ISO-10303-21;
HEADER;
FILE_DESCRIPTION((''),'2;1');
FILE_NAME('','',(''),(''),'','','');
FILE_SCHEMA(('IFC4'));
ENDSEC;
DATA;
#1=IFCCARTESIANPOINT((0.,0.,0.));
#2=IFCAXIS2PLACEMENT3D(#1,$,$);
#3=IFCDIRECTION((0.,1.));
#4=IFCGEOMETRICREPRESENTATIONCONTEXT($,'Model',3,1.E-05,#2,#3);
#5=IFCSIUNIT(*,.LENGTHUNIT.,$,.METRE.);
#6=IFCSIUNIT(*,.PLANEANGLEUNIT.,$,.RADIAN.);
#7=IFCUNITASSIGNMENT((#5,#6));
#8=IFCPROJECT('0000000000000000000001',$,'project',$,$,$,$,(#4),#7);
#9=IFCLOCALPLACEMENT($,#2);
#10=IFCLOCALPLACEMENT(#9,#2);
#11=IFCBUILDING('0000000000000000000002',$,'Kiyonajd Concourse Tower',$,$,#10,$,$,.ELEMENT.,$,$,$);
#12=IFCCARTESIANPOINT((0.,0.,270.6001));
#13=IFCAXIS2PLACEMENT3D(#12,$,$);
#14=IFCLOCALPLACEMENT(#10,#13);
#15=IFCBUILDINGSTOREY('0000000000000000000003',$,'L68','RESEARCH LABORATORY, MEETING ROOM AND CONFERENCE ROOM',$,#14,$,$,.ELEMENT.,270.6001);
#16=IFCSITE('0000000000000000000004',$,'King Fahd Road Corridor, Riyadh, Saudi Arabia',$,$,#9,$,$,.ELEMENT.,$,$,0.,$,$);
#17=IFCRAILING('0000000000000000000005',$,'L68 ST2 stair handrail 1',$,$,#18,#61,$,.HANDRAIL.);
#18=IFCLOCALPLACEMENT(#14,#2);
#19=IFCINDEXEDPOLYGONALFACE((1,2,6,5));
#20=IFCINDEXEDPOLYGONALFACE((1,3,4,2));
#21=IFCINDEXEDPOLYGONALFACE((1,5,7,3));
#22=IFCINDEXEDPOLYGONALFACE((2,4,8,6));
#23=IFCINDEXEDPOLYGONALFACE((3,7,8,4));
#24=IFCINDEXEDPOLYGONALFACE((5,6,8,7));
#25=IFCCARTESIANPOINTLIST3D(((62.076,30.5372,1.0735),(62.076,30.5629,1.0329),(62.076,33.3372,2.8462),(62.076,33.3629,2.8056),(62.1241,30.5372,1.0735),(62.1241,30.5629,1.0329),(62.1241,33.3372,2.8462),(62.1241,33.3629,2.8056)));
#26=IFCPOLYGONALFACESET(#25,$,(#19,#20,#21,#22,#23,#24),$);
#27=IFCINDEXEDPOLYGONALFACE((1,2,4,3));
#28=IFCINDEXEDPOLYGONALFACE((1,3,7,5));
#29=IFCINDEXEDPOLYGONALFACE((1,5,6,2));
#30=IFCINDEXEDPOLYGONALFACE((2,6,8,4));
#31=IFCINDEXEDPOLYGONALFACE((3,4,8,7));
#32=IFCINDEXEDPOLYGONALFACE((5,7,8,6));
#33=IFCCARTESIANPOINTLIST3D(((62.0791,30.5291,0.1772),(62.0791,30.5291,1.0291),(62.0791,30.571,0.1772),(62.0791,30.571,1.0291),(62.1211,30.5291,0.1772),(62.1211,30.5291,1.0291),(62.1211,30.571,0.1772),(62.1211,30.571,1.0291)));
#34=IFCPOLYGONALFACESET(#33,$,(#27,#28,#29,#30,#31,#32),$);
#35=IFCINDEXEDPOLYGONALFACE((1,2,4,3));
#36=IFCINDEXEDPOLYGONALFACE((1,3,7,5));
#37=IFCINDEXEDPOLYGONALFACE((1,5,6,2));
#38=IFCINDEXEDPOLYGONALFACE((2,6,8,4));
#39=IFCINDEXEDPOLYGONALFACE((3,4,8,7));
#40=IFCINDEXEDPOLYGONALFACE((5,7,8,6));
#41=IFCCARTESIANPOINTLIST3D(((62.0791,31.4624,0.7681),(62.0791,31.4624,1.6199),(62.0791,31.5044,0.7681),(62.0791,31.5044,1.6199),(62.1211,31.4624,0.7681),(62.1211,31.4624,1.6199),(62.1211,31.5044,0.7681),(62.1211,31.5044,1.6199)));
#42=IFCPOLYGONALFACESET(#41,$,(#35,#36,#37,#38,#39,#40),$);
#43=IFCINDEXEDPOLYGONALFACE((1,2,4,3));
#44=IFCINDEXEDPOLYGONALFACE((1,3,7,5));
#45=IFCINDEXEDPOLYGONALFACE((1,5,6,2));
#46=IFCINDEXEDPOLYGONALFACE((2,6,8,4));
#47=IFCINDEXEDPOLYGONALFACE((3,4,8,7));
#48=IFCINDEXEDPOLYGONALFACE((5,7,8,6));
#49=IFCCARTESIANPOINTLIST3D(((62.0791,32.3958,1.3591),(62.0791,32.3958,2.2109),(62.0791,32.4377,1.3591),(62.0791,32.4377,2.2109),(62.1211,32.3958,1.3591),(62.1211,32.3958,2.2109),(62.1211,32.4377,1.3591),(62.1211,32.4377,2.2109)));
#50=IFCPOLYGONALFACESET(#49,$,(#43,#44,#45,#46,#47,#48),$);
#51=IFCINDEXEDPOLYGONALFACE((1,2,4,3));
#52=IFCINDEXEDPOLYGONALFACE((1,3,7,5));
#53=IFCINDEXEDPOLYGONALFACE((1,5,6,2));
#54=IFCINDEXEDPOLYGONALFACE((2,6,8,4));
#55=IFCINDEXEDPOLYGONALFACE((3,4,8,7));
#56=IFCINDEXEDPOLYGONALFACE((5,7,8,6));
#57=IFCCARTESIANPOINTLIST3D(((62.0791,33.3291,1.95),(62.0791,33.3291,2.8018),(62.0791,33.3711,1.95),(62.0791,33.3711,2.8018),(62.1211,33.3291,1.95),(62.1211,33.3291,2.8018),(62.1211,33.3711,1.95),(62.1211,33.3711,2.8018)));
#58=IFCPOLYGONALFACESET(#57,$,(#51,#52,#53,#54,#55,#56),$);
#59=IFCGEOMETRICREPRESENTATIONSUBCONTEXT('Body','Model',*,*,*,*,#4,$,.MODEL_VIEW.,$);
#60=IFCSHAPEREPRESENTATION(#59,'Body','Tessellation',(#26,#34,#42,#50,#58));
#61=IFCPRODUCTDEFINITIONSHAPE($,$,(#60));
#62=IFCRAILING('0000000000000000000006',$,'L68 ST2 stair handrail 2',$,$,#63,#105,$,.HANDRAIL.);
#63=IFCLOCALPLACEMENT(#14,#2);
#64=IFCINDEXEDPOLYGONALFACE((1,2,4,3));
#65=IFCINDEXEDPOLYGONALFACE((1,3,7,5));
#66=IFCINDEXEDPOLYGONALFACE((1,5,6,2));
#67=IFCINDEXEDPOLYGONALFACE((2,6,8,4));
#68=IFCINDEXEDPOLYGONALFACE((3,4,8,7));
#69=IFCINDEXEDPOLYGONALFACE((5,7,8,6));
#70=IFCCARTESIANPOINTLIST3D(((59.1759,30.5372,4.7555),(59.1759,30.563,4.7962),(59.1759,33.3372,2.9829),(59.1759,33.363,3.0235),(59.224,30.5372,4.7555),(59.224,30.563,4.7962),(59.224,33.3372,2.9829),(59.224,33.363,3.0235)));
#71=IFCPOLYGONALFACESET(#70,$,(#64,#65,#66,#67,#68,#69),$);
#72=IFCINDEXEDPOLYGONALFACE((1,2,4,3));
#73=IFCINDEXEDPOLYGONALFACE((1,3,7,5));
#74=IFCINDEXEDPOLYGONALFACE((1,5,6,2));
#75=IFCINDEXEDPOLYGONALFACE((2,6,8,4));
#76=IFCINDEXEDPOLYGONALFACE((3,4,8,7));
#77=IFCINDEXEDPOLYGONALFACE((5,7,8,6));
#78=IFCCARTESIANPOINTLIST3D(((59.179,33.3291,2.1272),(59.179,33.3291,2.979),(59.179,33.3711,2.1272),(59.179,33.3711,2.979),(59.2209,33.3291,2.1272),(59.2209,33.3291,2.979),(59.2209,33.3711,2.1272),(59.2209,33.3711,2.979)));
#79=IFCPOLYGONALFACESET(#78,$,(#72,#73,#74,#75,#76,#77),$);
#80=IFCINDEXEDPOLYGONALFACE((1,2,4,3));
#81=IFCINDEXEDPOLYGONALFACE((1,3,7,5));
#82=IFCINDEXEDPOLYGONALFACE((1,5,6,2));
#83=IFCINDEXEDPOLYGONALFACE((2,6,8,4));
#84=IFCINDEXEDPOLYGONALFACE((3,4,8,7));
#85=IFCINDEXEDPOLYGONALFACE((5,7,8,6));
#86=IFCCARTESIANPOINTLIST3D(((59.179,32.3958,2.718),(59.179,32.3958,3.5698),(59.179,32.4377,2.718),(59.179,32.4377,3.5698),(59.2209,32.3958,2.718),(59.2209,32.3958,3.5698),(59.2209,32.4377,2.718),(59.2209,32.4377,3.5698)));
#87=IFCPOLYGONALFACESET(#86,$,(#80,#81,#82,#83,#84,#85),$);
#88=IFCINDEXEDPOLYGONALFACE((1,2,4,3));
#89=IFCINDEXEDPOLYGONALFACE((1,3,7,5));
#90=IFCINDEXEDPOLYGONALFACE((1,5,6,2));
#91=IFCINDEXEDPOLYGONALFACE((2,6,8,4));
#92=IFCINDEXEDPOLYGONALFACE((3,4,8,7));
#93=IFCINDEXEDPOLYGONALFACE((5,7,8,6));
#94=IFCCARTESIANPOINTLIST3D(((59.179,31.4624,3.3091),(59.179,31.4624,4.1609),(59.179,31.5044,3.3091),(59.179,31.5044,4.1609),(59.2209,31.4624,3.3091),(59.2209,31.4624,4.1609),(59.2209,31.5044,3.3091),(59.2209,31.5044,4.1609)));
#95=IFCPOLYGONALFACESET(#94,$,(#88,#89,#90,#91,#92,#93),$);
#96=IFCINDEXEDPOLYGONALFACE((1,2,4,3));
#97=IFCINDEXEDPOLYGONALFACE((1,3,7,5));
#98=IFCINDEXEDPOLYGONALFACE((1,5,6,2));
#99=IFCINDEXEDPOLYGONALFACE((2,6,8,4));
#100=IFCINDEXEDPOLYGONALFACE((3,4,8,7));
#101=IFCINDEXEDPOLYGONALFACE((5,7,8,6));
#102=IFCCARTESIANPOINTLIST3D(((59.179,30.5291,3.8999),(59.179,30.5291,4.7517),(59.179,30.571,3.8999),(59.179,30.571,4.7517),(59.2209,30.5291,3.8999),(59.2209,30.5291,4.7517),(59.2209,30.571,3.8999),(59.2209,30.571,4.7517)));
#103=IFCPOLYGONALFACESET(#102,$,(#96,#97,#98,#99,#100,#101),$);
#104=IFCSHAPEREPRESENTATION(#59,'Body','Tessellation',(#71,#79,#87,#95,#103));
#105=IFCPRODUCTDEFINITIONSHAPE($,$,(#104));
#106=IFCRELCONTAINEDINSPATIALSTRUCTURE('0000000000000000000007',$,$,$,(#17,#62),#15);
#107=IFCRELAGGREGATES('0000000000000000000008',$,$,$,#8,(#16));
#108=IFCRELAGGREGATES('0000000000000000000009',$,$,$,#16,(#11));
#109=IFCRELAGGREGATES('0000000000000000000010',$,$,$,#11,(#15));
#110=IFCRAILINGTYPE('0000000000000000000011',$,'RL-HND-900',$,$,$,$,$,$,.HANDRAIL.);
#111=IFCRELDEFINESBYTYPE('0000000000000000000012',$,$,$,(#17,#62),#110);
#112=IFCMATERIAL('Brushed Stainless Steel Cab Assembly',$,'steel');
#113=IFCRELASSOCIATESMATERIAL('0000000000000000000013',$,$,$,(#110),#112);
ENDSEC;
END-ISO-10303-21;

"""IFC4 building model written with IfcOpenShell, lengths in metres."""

from ifc_helpers import new_model, si_unit, direction, frame, origin, origin_2d, place, context, subcontext, project, spatial, rectangle, extrude, material, type_object, element, save


model = new_model("IFC4")

# Units and contexts
model_context = context("Model", 3, precision=1e-05, world=origin(), true_north=direction((0.0, 1.0)))
body_context = subcontext(model_context, "Body", "Model", "MODEL_VIEW")
ifc_project = project(units=[si_unit("LENGTHUNIT", "METRE"), si_unit("PLANEANGLEUNIT", "RADIAN")], contexts=[model_context])

# Site, building, storey
site_placement = place(None, origin())
site = spatial("IfcSite", under=ifc_project, at=site_placement, Name="King Fahd Road Corridor, Riyadh, Saudi Arabia", CompositionType="ELEMENT", RefElevation=0.0)
building_placement = place(site_placement, origin())
building = spatial("IfcBuilding", under=site, at=building_placement, Name="Kiyonajd Concourse Tower", CompositionType="ELEMENT")
storey_placement = place(building_placement, frame((0.0, 0.0, 270.6001)))
storey = spatial("IfcBuildingStorey", under=building, at=storey_placement, Name="L68", Description="RESEARCH LABORATORY, MEETING ROOM AND CONFERENCE ROOM", CompositionType="ELEMENT", Elevation=270.6001)

# Shared definitions
ifc_material_1 = material(Name="Brushed Stainless Steel Cab Assembly", Category="steel")

# Railings
railing_type_1 = type_object("IfcRailingType", Name="RL-HND-900", PredefinedType="HANDRAIL", material=ifc_material_1)
railing_1_placement = place(storey_placement, frame((62.1001, 30.55, 0.1772)))
element("IfcRailing", 1, at=railing_1_placement, inside=storey, type_object=railing_type_1, Name="L68 ST2 stair handrail 1", PredefinedType="HANDRAIL", context=body_context, shape_type="SweptSolid", body=[
    extrude(rectangle(XDim=0.0481, YDim=0.0481, at=origin_2d()), frame((0.0, 0.0, 0.876), z_axis=(0.0, 0.844909, 0.53491), x_axis=(-1.0, 0.0, 0.0)), (0.0, 0.0, 1.0), 3.314),
    extrude(rectangle(XDim=0.042, YDim=0.042, at=origin_2d()), origin(), (0.0, 0.0, 1.0), 0.8518),
    extrude(rectangle(XDim=0.042, YDim=0.042, at=origin_2d()), frame((0.0, 0.9333, 0.5908)), (0.0, 0.0, 1.0), 0.8518),
    extrude(rectangle(XDim=0.042, YDim=0.042, at=origin_2d()), frame((0.0, 1.8667, 1.1819)), (0.0, 0.0, 1.0), 0.8518),
    extrude(rectangle(XDim=0.042, YDim=0.042, at=origin_2d()), frame((0.0, 2.8, 1.7727)), (0.0, 0.0, 1.0), 0.8518),
])
railing_2_placement = place(storey_placement, frame((59.2, 33.3501, 2.1272)))
element("IfcRailing", 2, at=railing_2_placement, inside=storey, type_object=railing_type_1, Name="L68 ST2 stair handrail 2", PredefinedType="HANDRAIL", context=body_context, shape_type="SweptSolid", body=[
    extrude(rectangle(XDim=0.0481, YDim=0.0481, at=origin_2d()), frame((0.0, 0.0, 0.876), z_axis=(0.0, -0.844909, 0.53491), x_axis=(1.0, 0.0, 0.0)), (0.0, 0.0, 1.0), 3.314),
    extrude(rectangle(XDim=0.042, YDim=0.042, at=origin_2d()), origin(), (0.0, 0.0, 1.0), 0.8518),
    extrude(rectangle(XDim=0.042, YDim=0.042, at=origin_2d()), frame((0.0, -0.9333, 0.5908)), (0.0, 0.0, 1.0), 0.8518),
    extrude(rectangle(XDim=0.042, YDim=0.042, at=origin_2d()), frame((0.0, -1.8667, 1.1819)), (0.0, 0.0, 1.0), 0.8518),
    extrude(rectangle(XDim=0.042, YDim=0.042, at=origin_2d()), frame((0.0, -2.8, 1.7727)), (0.0, 0.0, 1.0), 0.8518),
])

save(model, "model.ifc")
